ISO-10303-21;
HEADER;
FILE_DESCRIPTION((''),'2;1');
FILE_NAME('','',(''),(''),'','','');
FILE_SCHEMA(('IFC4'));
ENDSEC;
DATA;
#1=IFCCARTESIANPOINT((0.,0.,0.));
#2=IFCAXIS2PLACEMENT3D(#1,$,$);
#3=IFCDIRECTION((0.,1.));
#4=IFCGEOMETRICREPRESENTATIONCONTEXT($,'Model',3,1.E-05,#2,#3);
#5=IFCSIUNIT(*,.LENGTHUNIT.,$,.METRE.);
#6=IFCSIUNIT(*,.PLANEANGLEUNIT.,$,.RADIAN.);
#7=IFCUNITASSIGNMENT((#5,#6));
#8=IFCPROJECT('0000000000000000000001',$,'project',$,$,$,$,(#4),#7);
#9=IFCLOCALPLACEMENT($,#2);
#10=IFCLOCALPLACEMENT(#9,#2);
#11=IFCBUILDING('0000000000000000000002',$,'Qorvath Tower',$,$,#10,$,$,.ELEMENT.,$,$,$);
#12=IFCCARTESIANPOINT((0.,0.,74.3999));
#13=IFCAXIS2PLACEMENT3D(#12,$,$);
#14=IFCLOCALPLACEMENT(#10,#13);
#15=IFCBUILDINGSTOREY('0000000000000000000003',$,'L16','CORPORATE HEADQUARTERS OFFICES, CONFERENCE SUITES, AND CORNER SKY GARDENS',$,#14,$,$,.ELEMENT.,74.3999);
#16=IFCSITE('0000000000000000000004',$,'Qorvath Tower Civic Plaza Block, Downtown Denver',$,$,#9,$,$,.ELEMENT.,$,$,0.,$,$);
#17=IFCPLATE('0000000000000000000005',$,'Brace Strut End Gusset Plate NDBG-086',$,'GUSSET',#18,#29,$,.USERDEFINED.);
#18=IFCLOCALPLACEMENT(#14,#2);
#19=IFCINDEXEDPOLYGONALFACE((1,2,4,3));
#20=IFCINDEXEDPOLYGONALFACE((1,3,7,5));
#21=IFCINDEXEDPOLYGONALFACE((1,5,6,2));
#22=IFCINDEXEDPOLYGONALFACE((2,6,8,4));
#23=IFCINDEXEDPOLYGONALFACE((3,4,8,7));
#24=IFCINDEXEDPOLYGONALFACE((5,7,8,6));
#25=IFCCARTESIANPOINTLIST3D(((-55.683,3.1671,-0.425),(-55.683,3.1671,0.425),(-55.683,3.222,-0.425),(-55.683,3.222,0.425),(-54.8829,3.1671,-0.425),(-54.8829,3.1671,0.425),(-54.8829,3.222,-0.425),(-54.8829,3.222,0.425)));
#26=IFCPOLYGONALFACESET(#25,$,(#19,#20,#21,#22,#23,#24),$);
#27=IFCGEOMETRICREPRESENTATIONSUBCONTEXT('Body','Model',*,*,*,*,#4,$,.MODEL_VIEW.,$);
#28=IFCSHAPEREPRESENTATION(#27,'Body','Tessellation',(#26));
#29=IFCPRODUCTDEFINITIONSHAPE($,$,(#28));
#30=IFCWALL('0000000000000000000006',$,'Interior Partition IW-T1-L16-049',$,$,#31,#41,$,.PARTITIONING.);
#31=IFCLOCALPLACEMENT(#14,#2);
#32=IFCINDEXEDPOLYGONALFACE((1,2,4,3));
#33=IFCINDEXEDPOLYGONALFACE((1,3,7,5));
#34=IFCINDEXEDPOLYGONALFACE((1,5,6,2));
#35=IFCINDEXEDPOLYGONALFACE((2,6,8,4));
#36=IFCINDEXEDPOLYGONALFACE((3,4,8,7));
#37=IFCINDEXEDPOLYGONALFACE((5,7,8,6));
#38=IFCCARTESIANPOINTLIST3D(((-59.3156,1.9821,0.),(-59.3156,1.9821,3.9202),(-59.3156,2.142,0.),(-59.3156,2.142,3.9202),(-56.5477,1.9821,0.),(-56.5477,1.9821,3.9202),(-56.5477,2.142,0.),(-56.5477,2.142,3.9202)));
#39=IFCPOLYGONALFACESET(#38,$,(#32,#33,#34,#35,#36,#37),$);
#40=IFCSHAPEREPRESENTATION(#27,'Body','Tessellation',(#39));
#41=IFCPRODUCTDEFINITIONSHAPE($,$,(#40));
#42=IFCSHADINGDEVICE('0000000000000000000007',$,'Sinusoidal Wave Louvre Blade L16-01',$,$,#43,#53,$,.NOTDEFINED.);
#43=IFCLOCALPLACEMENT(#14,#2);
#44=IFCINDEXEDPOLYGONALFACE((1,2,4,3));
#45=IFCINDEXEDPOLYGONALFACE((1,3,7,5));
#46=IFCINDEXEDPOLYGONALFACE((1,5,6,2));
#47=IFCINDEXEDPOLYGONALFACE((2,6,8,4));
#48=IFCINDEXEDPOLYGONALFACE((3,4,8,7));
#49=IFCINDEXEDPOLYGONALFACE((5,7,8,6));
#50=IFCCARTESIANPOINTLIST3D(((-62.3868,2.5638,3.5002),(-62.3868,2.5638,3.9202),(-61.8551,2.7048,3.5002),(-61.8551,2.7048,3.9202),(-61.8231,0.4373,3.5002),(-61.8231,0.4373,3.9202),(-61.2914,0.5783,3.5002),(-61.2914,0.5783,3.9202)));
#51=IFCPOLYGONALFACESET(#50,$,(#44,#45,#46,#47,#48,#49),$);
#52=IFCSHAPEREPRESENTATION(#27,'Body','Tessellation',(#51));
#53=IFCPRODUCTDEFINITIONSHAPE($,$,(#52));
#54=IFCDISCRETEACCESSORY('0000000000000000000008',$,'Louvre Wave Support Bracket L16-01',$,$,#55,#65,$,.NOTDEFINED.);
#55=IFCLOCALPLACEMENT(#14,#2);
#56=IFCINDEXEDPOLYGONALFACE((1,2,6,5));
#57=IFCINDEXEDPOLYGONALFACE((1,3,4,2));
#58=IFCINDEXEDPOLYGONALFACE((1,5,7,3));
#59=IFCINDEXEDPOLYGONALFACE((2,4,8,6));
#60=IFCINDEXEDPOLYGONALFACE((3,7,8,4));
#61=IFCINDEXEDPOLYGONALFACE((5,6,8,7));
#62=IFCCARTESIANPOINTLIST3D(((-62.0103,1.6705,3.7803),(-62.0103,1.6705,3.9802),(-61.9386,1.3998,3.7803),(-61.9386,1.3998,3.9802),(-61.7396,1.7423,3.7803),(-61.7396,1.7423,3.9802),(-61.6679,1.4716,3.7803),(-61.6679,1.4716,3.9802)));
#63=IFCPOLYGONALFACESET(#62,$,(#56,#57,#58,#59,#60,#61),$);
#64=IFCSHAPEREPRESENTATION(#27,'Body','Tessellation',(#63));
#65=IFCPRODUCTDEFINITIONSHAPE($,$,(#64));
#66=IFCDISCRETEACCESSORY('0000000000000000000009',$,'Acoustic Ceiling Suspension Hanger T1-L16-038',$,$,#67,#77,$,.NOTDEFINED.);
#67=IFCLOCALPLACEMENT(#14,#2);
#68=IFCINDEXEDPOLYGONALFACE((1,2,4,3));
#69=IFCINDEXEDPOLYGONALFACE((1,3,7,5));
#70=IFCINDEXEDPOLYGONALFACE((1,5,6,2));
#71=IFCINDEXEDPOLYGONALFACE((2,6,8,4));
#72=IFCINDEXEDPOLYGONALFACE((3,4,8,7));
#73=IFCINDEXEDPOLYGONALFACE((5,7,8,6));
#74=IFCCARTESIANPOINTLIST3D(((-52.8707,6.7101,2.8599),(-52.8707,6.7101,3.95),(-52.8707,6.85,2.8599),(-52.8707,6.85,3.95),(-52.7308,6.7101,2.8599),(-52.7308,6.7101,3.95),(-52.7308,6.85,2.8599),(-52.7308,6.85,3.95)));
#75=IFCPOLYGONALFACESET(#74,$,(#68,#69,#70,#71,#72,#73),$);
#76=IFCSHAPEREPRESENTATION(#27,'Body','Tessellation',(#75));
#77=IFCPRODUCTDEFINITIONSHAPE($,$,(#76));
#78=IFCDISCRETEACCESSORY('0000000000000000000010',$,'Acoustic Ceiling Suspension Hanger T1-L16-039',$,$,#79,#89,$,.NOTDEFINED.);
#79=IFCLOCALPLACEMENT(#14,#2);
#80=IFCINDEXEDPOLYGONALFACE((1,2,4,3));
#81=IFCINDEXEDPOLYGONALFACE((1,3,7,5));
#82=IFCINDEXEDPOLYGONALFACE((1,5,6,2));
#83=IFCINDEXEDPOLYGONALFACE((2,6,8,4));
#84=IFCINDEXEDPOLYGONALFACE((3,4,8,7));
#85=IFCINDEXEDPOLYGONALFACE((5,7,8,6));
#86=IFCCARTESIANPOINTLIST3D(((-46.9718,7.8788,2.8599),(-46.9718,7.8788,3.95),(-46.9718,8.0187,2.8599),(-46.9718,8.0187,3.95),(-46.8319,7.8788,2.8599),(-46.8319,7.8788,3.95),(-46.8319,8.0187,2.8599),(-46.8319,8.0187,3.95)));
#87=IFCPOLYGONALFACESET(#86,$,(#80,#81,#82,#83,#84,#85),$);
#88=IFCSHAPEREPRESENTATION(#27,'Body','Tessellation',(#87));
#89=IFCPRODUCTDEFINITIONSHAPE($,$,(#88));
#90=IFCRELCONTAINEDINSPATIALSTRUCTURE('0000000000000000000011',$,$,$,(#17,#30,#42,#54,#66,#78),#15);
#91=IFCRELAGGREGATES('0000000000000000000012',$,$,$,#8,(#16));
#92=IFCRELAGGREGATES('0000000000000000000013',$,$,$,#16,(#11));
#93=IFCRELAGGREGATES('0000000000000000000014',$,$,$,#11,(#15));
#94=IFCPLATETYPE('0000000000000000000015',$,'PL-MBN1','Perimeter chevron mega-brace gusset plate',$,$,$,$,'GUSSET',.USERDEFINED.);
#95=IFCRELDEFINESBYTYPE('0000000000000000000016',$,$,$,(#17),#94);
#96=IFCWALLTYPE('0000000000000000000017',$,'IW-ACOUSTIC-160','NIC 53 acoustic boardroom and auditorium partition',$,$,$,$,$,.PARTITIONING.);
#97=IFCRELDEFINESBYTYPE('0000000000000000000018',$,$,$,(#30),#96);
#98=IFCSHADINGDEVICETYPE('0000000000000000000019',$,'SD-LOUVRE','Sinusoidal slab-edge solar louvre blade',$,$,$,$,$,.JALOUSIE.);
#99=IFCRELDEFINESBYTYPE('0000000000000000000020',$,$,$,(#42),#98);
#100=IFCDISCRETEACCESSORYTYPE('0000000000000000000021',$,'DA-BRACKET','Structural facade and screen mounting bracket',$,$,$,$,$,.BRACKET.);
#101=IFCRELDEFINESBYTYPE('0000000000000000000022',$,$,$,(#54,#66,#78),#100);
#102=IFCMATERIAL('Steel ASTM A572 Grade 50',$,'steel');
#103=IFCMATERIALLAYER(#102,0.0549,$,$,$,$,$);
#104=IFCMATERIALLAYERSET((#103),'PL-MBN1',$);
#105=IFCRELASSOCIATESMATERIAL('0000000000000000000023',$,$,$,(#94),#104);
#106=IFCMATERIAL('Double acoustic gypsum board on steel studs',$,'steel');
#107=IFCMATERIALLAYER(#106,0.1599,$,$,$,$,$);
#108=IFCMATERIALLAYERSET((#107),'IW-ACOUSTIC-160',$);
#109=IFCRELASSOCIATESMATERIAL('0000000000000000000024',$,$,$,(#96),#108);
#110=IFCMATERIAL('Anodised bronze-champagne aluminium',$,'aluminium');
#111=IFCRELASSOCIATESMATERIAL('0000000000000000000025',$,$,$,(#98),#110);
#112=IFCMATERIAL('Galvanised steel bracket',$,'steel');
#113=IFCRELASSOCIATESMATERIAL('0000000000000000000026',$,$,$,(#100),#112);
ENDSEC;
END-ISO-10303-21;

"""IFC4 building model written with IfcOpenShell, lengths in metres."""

from ifc_helpers import new_model, si_unit, direction, frame, frame_2d, origin, origin_2d, place, context, subcontext, project, spatial, rectangle, extrude, material, layer, layer_set, type_object, element, save


model = new_model("IFC4")

# Units and contexts
model_context = context("Model", 3, precision=1e-05, world=origin(), true_north=direction((0.0, 1.0)))
body_context = subcontext(model_context, "Body", "Model", "MODEL_VIEW")
ifc_project = project(units=[si_unit("LENGTHUNIT", "METRE"), si_unit("PLANEANGLEUNIT", "RADIAN")], contexts=[model_context])

# Site, building, storey
site_placement = place(None, origin())
site = spatial("IfcSite", under=ifc_project, at=site_placement, Name="Qorvath Tower Civic Plaza Block, Downtown Denver", CompositionType="ELEMENT", RefElevation=0.0)
building_placement = place(site_placement, origin())
building = spatial("IfcBuilding", under=site, at=building_placement, Name="Qorvath Tower", CompositionType="ELEMENT")
storey_placement = place(building_placement, frame((0.0, 0.0, 74.3999)))
storey = spatial("IfcBuildingStorey", under=building, at=storey_placement, Name="L16", Description="CORPORATE HEADQUARTERS OFFICES, CONFERENCE SUITES, AND CORNER SKY GARDENS", CompositionType="ELEMENT", Elevation=74.3999)

# Plate
ifc_material_1 = material(Name="Steel ASTM A572 Grade 50", Category="steel")
ifc_layer_1 = layer(ifc_material_1, 0.0549)
ifc_layer_set_1 = layer_set([ifc_layer_1], Name="PL-MBN1")
plate_type_1 = type_object("IfcPlateType", Name="PL-MBN1", Description="Perimeter chevron mega-brace gusset plate", ElementType="GUSSET", PredefinedType="USERDEFINED", material=ifc_layer_set_1)
plate_1_placement = place(storey_placement, frame((-55.283, 3.1946, -0.425), z_axis=(0.0, 0.0, 1.0), x_axis=(1.0, 0.0, 0.0)))
element("IfcPlate", 1, at=plate_1_placement, inside=storey, type_object=plate_type_1, Name="Brace Strut End Gusset Plate NDBG-086", ObjectType="GUSSET", PredefinedType="USERDEFINED", context=body_context, shape_type="SweptSolid", body=[
    extrude(rectangle(XDim=0.8, YDim=0.0549, at=origin_2d()), origin(), (0.0, 0.0, 1.0), 0.8501),
])

# Wall
ifc_material_2 = material(Name="Double acoustic gypsum board on steel studs", Category="steel")
ifc_layer_2 = layer(ifc_material_2, 0.1599)
ifc_layer_set_2 = layer_set([ifc_layer_2], Name="IW-ACOUSTIC-160")
wall_type = type_object("IfcWallType", Name="IW-ACOUSTIC-160", Description="NIC 53 acoustic boardroom and auditorium partition", PredefinedType="PARTITIONING", material=ifc_layer_set_2)
wall_placement = place(storey_placement, frame((-56.5479, 2.062, 0.0), z_axis=(0.0, 0.0, 1.0), x_axis=(-1.0, 0.0, 0.0)))
element("IfcWall", 2, at=wall_placement, inside=storey, type_object=wall_type, Name="Interior Partition IW-T1-L16-049", PredefinedType="PARTITIONING", context=body_context, shape_type="SweptSolid", body=[
    extrude(rectangle(XDim=2.7678, YDim=0.1599, at=frame_2d((1.3838, 0.0))), origin(), (0.0, 0.0, 1.0), 3.9202),
])

# Shading device
ifc_material_3 = material(Name="Anodised bronze-champagne aluminium", Category="aluminium")
shading_device_type = type_object("IfcShadingDeviceType", Name="SD-LOUVRE", Description="Sinusoidal slab-edge solar louvre blade", PredefinedType="JALOUSIE", material=ifc_material_3)
shading_device_placement = place(storey_placement, frame((-61.8391, 1.571, 3.5002), z_axis=(0.0, 0.0, 1.0), x_axis=(0.256217, -0.966619, 0.0)))
element("IfcShadingDevice", 3, at=shading_device_placement, inside=storey, type_object=shading_device_type, Name="Sinusoidal Wave Louvre Blade L16-01", PredefinedType="NOTDEFINED", context=body_context, shape_type="SweptSolid", body=[
    extrude(rectangle(XDim=2.2, YDim=0.55, at=origin_2d()), origin(), (0.0, 0.0, 1.0), 0.4199),
])

# Discrete accessories
ifc_material_4 = material(Name="Galvanised steel bracket", Category="steel")
discrete_accessory_type = type_object("IfcDiscreteAccessoryType", Name="DA-BRACKET", Description="Structural facade and screen mounting bracket", PredefinedType="BRACKET", material=ifc_material_4)
discrete_accessory_placement = place(storey_placement, frame((-61.8391, 1.571, 3.7803), z_axis=(0.0, 0.0, 1.0), x_axis=(0.256217, -0.966619, 0.0)))
element("IfcDiscreteAccessory", 4, at=discrete_accessory_placement, inside=storey, type_object=discrete_accessory_type, Name="Louvre Wave Support Bracket L16-01", PredefinedType="NOTDEFINED", context=body_context, shape_type="SweptSolid", body=[
    extrude(rectangle(XDim=0.28, YDim=0.28, at=origin_2d()), origin(), (0.0, 0.0, 1.0), 0.2),
])
for number, where, z_axis, x_axis, name in (
    (5, (-52.8008, 6.78, 2.8599), (0.0, 0.0, 1.0), (1.0, 0.0, 0.0), "Acoustic Ceiling Suspension Hanger T1-L16-038"),
    (6, (-46.9019, 7.9487, 2.8599), (0.0, 0.0, 1.0), (1.0, 0.0, 0.0), "Acoustic Ceiling Suspension Hanger T1-L16-039"),
):
    element("IfcDiscreteAccessory", number, at=place(storey_placement, frame(where, z_axis=z_axis, x_axis=x_axis)), inside=storey, type_object=discrete_accessory_type, Name=name, PredefinedType="NOTDEFINED", context=body_context, shape_type="SweptSolid", body=[
        extrude(rectangle(XDim=0.1399, YDim=0.1399, at=origin_2d()), origin(), (0.0, 0.0, 1.0), 1.0901),
    ])

save(model, "model.ifc")
